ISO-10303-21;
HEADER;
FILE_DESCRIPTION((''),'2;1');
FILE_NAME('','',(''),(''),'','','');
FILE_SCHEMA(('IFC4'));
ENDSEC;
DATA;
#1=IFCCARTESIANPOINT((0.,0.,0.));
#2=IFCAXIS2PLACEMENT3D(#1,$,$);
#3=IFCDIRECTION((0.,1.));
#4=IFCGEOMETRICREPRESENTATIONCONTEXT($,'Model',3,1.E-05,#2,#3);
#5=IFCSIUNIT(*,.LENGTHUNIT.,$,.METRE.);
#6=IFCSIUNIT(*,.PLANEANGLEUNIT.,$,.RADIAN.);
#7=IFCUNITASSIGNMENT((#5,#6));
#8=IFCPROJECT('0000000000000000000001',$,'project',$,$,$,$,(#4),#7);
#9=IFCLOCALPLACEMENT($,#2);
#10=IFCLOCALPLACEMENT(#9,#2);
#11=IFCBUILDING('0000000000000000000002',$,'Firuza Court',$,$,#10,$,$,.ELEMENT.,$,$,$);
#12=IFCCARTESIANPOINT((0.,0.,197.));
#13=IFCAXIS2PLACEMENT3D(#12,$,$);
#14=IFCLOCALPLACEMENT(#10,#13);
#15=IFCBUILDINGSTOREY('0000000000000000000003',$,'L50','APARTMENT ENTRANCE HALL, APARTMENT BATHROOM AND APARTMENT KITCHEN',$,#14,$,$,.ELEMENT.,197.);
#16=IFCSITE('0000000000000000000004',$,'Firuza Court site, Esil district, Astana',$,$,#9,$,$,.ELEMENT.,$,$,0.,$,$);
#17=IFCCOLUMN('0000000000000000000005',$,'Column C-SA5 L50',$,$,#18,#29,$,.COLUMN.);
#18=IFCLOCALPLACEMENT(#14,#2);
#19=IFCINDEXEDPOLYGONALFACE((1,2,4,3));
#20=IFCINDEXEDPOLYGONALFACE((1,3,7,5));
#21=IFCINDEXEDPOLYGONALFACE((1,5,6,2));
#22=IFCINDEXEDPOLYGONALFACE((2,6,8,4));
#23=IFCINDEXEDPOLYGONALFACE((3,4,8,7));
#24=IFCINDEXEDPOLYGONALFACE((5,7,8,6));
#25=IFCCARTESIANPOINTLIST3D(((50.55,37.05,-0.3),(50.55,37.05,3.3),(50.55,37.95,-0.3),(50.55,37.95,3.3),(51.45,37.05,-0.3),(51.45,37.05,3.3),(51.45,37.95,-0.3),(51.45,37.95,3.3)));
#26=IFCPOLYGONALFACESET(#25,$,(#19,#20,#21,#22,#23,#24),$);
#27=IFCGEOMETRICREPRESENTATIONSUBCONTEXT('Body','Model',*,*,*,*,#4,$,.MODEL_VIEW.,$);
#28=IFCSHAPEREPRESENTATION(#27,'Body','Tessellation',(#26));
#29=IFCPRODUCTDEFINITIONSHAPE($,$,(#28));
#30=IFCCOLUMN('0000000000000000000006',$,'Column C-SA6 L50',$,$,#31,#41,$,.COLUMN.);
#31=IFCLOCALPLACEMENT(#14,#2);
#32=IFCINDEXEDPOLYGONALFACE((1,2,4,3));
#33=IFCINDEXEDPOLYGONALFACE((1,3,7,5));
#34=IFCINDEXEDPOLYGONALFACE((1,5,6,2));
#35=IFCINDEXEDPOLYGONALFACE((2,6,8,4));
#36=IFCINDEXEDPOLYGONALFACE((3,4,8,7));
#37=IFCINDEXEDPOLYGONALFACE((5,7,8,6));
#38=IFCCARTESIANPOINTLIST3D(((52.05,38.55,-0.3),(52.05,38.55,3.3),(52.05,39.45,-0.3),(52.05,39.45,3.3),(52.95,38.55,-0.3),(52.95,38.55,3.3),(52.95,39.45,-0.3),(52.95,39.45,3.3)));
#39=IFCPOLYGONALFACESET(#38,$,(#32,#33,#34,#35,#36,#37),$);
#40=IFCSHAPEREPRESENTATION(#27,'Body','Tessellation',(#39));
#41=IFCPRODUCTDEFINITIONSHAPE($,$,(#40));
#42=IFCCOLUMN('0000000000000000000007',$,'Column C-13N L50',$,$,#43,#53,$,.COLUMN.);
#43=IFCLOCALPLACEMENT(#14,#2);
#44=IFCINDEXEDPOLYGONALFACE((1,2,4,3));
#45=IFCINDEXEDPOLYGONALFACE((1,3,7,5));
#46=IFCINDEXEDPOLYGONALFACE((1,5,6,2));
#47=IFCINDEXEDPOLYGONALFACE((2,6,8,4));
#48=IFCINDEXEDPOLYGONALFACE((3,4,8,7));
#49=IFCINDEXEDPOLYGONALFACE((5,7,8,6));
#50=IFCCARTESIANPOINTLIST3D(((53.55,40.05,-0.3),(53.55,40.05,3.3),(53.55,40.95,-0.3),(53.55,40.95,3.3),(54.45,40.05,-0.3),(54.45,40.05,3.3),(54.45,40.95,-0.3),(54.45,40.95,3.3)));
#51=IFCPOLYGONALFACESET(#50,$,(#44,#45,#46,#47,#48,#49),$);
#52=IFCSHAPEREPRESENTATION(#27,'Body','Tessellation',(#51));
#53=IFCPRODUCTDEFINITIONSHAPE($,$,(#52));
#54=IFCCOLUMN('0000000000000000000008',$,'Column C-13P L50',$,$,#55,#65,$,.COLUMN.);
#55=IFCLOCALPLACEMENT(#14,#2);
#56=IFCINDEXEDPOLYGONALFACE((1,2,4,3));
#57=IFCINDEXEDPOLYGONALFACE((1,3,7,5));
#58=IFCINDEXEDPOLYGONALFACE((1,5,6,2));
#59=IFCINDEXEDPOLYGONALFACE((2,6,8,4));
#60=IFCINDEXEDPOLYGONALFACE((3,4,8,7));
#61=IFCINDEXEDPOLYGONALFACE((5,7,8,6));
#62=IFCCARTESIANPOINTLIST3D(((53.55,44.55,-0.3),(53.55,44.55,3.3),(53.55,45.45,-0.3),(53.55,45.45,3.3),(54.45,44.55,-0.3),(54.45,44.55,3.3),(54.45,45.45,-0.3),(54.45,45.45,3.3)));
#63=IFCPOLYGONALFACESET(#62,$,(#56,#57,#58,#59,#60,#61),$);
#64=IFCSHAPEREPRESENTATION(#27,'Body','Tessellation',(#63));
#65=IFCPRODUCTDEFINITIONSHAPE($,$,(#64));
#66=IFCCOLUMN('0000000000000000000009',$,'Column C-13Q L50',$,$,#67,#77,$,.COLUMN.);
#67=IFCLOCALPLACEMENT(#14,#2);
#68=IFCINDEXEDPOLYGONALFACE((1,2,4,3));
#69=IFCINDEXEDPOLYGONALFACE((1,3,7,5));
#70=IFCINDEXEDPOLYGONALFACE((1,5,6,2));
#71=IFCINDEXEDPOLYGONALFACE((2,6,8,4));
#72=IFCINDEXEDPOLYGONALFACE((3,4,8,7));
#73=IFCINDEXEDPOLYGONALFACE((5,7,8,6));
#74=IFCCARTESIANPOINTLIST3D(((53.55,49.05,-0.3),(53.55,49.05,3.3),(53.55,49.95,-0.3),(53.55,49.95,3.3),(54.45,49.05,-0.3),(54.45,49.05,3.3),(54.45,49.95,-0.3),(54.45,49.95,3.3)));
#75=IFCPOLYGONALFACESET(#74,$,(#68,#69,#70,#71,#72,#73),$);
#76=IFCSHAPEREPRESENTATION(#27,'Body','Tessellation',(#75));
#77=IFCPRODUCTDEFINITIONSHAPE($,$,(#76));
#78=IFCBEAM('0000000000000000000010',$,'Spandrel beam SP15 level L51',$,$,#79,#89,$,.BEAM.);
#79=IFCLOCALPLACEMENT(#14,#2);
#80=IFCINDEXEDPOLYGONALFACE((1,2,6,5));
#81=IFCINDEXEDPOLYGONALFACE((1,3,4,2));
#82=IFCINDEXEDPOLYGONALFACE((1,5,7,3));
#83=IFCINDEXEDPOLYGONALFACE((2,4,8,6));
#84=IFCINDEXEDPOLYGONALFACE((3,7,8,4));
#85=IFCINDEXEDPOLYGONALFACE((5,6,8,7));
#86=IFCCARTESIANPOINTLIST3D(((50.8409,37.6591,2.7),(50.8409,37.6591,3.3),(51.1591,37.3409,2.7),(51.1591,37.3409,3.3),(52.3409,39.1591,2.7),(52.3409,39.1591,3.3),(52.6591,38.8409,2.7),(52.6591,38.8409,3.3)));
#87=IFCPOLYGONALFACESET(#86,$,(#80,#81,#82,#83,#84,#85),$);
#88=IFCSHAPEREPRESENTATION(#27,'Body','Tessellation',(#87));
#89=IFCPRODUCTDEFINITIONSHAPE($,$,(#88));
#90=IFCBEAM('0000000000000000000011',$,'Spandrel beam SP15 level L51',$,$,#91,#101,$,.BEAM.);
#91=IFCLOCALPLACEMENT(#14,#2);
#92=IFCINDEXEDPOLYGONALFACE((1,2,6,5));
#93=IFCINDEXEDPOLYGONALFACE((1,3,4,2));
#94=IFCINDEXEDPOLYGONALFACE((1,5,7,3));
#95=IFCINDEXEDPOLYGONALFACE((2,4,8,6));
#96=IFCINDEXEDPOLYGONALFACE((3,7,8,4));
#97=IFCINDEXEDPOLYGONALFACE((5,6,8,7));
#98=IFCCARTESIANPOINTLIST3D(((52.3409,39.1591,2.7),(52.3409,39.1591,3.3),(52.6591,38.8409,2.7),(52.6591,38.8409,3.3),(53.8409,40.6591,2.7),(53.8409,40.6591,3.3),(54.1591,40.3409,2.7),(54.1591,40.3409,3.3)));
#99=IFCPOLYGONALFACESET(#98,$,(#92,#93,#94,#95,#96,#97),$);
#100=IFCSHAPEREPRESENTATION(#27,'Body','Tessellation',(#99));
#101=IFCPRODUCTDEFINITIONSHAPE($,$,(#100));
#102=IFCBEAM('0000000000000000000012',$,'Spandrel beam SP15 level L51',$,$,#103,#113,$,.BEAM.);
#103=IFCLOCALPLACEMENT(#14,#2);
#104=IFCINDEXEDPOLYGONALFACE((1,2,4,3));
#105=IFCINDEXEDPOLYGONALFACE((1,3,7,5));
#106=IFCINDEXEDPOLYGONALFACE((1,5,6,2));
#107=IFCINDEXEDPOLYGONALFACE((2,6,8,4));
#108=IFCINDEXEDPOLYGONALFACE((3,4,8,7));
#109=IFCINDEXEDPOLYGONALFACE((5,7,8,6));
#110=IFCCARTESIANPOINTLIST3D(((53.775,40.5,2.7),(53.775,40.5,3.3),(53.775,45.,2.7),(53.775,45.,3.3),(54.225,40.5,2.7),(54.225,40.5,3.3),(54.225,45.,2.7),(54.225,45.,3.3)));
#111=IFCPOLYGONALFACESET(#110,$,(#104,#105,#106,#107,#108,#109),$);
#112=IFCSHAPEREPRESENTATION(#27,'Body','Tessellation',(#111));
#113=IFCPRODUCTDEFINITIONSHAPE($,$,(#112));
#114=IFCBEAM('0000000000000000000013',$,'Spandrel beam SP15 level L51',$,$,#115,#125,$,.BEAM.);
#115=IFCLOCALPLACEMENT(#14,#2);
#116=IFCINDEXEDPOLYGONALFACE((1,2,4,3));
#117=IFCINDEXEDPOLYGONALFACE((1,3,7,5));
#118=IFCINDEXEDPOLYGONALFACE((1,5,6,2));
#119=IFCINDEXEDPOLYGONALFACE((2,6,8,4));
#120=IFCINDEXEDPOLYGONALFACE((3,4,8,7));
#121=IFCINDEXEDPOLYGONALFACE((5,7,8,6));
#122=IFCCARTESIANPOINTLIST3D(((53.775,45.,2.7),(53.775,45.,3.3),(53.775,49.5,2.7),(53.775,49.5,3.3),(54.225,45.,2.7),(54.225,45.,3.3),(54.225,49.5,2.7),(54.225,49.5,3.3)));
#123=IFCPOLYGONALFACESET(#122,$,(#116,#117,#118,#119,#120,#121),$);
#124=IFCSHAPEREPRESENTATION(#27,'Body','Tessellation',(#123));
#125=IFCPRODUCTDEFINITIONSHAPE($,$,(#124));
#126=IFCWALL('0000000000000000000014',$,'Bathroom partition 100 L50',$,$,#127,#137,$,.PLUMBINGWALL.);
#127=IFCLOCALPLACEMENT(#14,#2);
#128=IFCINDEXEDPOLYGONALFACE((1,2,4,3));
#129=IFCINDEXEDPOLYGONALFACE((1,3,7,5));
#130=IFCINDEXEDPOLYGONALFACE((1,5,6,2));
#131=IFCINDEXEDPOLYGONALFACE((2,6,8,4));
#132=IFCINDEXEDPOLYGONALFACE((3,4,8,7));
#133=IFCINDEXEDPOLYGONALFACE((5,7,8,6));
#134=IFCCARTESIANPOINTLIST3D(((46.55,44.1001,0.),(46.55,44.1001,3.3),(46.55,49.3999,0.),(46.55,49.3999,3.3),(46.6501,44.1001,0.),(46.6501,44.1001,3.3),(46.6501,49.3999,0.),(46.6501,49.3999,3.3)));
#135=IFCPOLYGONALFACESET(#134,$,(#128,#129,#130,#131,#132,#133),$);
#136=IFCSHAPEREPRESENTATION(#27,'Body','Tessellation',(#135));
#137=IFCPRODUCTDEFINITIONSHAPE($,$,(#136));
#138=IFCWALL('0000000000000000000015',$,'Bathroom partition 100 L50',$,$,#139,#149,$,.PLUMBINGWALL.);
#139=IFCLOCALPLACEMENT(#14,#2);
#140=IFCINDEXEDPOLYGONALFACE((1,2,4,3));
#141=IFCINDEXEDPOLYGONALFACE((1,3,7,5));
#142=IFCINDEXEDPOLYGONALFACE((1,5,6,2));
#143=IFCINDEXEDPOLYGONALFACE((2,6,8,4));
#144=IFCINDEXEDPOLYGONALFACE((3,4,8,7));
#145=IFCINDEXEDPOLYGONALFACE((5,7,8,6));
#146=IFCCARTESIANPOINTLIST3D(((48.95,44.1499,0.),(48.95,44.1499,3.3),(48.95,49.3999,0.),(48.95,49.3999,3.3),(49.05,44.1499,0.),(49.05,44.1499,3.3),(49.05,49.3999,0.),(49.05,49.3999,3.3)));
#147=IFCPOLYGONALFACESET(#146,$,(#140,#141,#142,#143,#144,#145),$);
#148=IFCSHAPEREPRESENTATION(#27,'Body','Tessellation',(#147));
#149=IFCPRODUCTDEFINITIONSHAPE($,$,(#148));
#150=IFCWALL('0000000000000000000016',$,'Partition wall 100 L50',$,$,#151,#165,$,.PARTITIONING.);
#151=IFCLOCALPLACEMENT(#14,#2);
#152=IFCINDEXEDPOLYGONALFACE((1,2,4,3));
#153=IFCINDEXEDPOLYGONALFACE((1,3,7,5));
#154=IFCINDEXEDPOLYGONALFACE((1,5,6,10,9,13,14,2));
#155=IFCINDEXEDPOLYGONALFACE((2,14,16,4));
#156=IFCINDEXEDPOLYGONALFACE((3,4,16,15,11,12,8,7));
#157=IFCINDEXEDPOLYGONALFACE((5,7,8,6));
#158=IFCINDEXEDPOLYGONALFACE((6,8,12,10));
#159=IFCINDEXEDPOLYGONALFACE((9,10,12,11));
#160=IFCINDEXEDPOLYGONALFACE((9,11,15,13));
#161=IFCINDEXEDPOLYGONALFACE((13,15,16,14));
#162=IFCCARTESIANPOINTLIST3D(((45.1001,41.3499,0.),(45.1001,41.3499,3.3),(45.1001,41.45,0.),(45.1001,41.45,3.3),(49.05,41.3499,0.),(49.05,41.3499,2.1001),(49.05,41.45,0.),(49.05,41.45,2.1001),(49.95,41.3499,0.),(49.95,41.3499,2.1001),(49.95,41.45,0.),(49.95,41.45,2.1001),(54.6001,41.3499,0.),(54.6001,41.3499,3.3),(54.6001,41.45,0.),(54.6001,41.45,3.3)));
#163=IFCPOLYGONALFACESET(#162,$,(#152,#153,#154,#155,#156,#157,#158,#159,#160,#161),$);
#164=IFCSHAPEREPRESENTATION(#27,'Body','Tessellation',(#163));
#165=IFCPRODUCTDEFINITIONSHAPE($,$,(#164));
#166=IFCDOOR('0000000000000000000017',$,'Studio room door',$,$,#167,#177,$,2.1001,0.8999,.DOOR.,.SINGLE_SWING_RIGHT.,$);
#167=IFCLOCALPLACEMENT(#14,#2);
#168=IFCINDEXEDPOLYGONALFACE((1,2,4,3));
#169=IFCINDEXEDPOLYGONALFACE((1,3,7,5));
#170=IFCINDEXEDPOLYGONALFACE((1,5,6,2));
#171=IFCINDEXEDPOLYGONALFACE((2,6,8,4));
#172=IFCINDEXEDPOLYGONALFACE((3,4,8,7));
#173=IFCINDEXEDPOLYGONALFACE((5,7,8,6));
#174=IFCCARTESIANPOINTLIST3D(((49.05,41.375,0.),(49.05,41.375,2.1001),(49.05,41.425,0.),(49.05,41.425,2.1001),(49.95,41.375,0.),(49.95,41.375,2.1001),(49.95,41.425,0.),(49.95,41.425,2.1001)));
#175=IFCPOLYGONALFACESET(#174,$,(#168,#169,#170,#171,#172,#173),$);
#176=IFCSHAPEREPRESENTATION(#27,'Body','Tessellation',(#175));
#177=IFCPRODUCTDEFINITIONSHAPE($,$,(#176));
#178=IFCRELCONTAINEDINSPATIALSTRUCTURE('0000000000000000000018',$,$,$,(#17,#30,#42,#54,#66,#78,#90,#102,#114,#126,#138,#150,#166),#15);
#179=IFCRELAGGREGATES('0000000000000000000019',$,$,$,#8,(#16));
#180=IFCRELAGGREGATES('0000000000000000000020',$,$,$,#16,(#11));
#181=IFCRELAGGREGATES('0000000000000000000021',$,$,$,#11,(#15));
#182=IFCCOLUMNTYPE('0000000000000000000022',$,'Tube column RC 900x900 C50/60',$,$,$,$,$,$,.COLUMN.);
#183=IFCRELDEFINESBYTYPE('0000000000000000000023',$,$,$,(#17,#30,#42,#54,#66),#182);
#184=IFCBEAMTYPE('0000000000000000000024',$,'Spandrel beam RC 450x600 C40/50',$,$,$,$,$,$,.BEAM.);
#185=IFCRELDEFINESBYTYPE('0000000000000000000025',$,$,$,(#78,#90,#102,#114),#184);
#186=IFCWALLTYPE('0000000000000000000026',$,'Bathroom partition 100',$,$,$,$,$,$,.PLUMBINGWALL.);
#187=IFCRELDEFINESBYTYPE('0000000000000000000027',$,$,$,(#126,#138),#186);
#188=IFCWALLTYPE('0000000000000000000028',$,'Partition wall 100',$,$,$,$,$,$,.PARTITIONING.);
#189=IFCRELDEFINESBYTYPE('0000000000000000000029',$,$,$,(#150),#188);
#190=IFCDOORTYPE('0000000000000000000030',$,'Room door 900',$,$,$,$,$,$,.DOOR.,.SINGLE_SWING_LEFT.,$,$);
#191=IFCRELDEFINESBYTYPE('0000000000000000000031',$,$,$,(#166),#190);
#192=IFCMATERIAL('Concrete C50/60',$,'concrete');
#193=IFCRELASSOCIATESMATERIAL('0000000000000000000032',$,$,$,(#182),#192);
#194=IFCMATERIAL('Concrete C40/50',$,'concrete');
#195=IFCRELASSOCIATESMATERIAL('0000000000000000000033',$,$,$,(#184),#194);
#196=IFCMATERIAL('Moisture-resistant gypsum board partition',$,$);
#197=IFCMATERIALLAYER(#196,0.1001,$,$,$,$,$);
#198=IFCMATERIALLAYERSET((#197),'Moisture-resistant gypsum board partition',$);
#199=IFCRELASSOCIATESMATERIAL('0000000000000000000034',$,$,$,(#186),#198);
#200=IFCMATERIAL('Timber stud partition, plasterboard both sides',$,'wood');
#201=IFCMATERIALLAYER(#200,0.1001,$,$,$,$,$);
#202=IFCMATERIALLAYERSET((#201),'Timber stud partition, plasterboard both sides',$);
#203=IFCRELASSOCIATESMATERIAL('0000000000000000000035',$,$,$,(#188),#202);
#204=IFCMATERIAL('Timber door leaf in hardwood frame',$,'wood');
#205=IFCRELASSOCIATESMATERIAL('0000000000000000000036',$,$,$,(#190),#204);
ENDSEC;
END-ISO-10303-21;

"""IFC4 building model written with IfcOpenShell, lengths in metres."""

from ifc_helpers import new_model, si_unit, direction, frame, frame_2d, origin, origin_2d, place, context, subcontext, project, spatial, rectangle, extrude, material, layer, layer_set, material_profile, profile_set, type_object, element, fill, save


model = new_model("IFC4")

# Units and contexts
model_context = context("Model", 3, precision=1e-05, world=origin(), true_north=direction((0.0, 1.0)))
body_context = subcontext(model_context, "Body", "Model", "MODEL_VIEW")
ifc_project = project(units=[si_unit("LENGTHUNIT", "METRE"), si_unit("PLANEANGLEUNIT", "RADIAN")], contexts=[model_context])

# Site, building, storey
site_placement = place(None, origin())
site = spatial("IfcSite", under=ifc_project, at=site_placement, Name="Firuza Court site, Esil district, Astana", CompositionType="ELEMENT", RefElevation=0.0)
building_placement = place(site_placement, origin())
building = spatial("IfcBuilding", under=site, at=building_placement, Name="Firuza Court", CompositionType="ELEMENT")
storey_placement = place(building_placement, frame((0.0, 0.0, 197.0)))
storey = spatial("IfcBuildingStorey", under=building, at=storey_placement, Name="L50", Description="APARTMENT ENTRANCE HALL, APARTMENT BATHROOM AND APARTMENT KITCHEN", CompositionType="ELEMENT", Elevation=197.0)

# Columns
ifc_material_1 = material(Name="Concrete C50/60", Category="concrete")
ifc_material_profile_1 = material_profile(ifc_material_1, rectangle(XDim=0.8999, YDim=0.8999, at=origin_2d()), Name="RC 900x900")
ifc_profile_set_1 = profile_set([ifc_material_profile_1], Name="Concrete C50/60")
column_type = type_object("IfcColumnType", Name="Tube column RC 900x900 C50/60", PredefinedType="COLUMN", material=ifc_profile_set_1)
for number, where, z_axis, x_axis, name in (
    (1, (51.0, 37.5, -0.3), (0.0, 0.0, 1.0), (1.0, 0.0, 0.0), "Column C-SA5 L50"),
    (2, (52.5, 39.0, -0.3), (0.0, 0.0, 1.0), (1.0, 0.0, 0.0), "Column C-SA6 L50"),
    (3, (54.0, 40.5, -0.3), (0.0, 0.0, 1.0), (1.0, 0.0, 0.0), "Column C-13N L50"),
    (4, (54.0, 45.0, -0.3), (0.0, 0.0, 1.0), (1.0, 0.0, 0.0), "Column C-13P L50"),
    (5, (54.0, 49.5, -0.3), (0.0, 0.0, 1.0), (1.0, 0.0, 0.0), "Column C-13Q L50"),
):
    element("IfcColumn", number, at=place(storey_placement, frame(where, z_axis=z_axis, x_axis=x_axis)), inside=storey, type_object=column_type, Name=name, PredefinedType="COLUMN", context=body_context, shape_type="SweptSolid", body=[
        extrude(rectangle(XDim=0.8999, YDim=0.8999, at=origin_2d()), origin(), (0.0, 0.0, 1.0), 3.6001),
    ])

# Beams
ifc_material_2 = material(Name="Concrete C40/50", Category="concrete")
ifc_material_profile_2 = material_profile(ifc_material_2, rectangle(XDim=0.45, YDim=0.6001, at=origin_2d()), Name="RC 450x600")
ifc_profile_set_2 = profile_set([ifc_material_profile_2], Name="Concrete C40/50")
beam_type = type_object("IfcBeamType", Name="Spandrel beam RC 450x600 C40/50", PredefinedType="BEAM", material=ifc_profile_set_2)
for number, where, z_axis, x_axis, name in (
    (6, (51.0, 37.5, 3.0), (0.707107, 0.707107, 0.0), (-0.707107, 0.707107, 0.0), "Spandrel beam SP15 level L51"),
    (7, (52.5, 39.0, 3.0), (0.707107, 0.707107, 0.0), (-0.707107, 0.707107, 0.0), "Spandrel beam SP15 level L51"),
):
    element("IfcBeam", number, at=place(storey_placement, frame(where, z_axis=z_axis, x_axis=x_axis)), inside=storey, type_object=beam_type, Name=name, PredefinedType="BEAM", context=body_context, shape_type="SweptSolid", body=[
        extrude(rectangle(XDim=0.45, YDim=0.6001, at=origin_2d()), origin(), (0.0, 0.0, 1.0), 2.1213),
    ])
for number, where, z_axis, x_axis, name in (
    (8, (54.0, 40.5, 3.0), (0.0, 1.0, 0.0), (-1.0, 0.0, 0.0), "Spandrel beam SP15 level L51"),
    (9, (54.0, 45.0, 3.0), (0.0, 1.0, 0.0), (-1.0, 0.0, 0.0), "Spandrel beam SP15 level L51"),
):
    element("IfcBeam", number, at=place(storey_placement, frame(where, z_axis=z_axis, x_axis=x_axis)), inside=storey, type_object=beam_type, Name=name, PredefinedType="BEAM", context=body_context, shape_type="SweptSolid", body=[
        extrude(rectangle(XDim=0.45, YDim=0.6001, at=origin_2d()), origin(), (0.0, 0.0, 1.0), 4.5),
    ])

# Walls
ifc_material_3 = material(Name="Moisture-resistant gypsum board partition")
ifc_layer_1 = layer(ifc_material_3, 0.1001)
ifc_layer_set_1 = layer_set([ifc_layer_1], Name="Moisture-resistant gypsum board partition")
wall_type_1 = type_object("IfcWallType", Name="Bathroom partition 100", PredefinedType="PLUMBINGWALL", material=ifc_layer_set_1)
wall_1_placement = place(storey_placement, frame((46.6001, 44.1001, 0.0), z_axis=(0.0, 0.0, 1.0), x_axis=(0.0, 1.0, 0.0)))
element("IfcWall", 10, at=wall_1_placement, inside=storey, type_object=wall_type_1, Name="Bathroom partition 100 L50", PredefinedType="PLUMBINGWALL", context=body_context, shape_type="SweptSolid", body=[
    extrude(rectangle(XDim=5.2998, YDim=0.1001, at=frame_2d((2.6499, 0.0))), origin(), (0.0, 0.0, 1.0), 3.3),
])
wall_2_placement = place(storey_placement, frame((49.0, 44.1499, 0.0), z_axis=(0.0, 0.0, 1.0), x_axis=(0.0, 1.0, 0.0)))
element("IfcWall", 11, at=wall_2_placement, inside=storey, type_object=wall_type_1, Name="Bathroom partition 100 L50", PredefinedType="PLUMBINGWALL", context=body_context, shape_type="SweptSolid", body=[
    extrude(rectangle(XDim=5.25, YDim=0.1001, at=frame_2d((2.625, 0.0))), origin(), (0.0, 0.0, 1.0), 3.3),
])

# Wall, opening, door
ifc_material_4 = material(Name="Timber stud partition, plasterboard both sides", Category="wood")
ifc_layer_2 = layer(ifc_material_4, 0.1001)
ifc_layer_set_2 = layer_set([ifc_layer_2], Name="Timber stud partition, plasterboard both sides")
wall_type_2 = type_object("IfcWallType", Name="Partition wall 100", PredefinedType="PARTITIONING", material=ifc_layer_set_2)
wall_3_placement = place(storey_placement, frame((45.1001, 41.3999, 0.0), z_axis=(0.0, 0.0, 1.0), x_axis=(1.0, 0.0, 0.0)))
wall_3 = element("IfcWall", 12, at=wall_3_placement, inside=storey, type_object=wall_type_2, Name="Partition wall 100 L50", PredefinedType="PARTITIONING", context=body_context, shape_type="SweptSolid", body=[
    extrude(rectangle(XDim=9.5, YDim=0.1001, at=frame_2d((4.75, 0.0))), origin(), (0.0, 0.0, 1.0), 3.3),
])
opening_1_placement = place(wall_3_placement, frame((3.95, 0.0, 0.0)))
opening_1 = element("IfcOpeningElement", 13, at=opening_1_placement, cuts=wall_3, PredefinedType="OPENING", context=body_context, shape_type="SweptSolid", body=[
    extrude(rectangle(XDim=0.8999, YDim=2.1001, at=frame_2d((0.45, 1.05))), frame((0.0, 0.062, 0.0), z_axis=(0.0, -1.0, 0.0), x_axis=(1.0, 0.0, 0.0)), (0.0, 0.0, 1.0), 0.124),
])
ifc_material_5 = material(Name="Timber door leaf in hardwood frame", Category="wood")
door_type_1 = type_object("IfcDoorType", Name="Room door 900", OperationType="SINGLE_SWING_LEFT", PredefinedType="DOOR", material=ifc_material_5)
door_1_placement = place(opening_1_placement, frame((0.8999, 0.0, 0.0), z_axis=(0.0, 0.0, 1.0), x_axis=(-1.0, 0.0, 0.0)))
door_1 = element("IfcDoor", 14, at=door_1_placement, inside=storey, type_object=door_type_1, Name="Studio room door", OperationType="SINGLE_SWING_RIGHT", OverallHeight=2.1001, OverallWidth=0.8999, PredefinedType="DOOR", context=body_context, shape_type="SweptSolid", body=[
    extrude(rectangle(XDim=0.8999, YDim=2.1001, at=frame_2d((0.45, 1.05))), frame((0.0, 0.0249, 0.0), z_axis=(0.0, -1.0, 0.0), x_axis=(1.0, 0.0, 0.0)), (0.0, 0.0, 1.0), 0.05),
])
fill(opening_1, door_1)

save(model, "model.ifc")
